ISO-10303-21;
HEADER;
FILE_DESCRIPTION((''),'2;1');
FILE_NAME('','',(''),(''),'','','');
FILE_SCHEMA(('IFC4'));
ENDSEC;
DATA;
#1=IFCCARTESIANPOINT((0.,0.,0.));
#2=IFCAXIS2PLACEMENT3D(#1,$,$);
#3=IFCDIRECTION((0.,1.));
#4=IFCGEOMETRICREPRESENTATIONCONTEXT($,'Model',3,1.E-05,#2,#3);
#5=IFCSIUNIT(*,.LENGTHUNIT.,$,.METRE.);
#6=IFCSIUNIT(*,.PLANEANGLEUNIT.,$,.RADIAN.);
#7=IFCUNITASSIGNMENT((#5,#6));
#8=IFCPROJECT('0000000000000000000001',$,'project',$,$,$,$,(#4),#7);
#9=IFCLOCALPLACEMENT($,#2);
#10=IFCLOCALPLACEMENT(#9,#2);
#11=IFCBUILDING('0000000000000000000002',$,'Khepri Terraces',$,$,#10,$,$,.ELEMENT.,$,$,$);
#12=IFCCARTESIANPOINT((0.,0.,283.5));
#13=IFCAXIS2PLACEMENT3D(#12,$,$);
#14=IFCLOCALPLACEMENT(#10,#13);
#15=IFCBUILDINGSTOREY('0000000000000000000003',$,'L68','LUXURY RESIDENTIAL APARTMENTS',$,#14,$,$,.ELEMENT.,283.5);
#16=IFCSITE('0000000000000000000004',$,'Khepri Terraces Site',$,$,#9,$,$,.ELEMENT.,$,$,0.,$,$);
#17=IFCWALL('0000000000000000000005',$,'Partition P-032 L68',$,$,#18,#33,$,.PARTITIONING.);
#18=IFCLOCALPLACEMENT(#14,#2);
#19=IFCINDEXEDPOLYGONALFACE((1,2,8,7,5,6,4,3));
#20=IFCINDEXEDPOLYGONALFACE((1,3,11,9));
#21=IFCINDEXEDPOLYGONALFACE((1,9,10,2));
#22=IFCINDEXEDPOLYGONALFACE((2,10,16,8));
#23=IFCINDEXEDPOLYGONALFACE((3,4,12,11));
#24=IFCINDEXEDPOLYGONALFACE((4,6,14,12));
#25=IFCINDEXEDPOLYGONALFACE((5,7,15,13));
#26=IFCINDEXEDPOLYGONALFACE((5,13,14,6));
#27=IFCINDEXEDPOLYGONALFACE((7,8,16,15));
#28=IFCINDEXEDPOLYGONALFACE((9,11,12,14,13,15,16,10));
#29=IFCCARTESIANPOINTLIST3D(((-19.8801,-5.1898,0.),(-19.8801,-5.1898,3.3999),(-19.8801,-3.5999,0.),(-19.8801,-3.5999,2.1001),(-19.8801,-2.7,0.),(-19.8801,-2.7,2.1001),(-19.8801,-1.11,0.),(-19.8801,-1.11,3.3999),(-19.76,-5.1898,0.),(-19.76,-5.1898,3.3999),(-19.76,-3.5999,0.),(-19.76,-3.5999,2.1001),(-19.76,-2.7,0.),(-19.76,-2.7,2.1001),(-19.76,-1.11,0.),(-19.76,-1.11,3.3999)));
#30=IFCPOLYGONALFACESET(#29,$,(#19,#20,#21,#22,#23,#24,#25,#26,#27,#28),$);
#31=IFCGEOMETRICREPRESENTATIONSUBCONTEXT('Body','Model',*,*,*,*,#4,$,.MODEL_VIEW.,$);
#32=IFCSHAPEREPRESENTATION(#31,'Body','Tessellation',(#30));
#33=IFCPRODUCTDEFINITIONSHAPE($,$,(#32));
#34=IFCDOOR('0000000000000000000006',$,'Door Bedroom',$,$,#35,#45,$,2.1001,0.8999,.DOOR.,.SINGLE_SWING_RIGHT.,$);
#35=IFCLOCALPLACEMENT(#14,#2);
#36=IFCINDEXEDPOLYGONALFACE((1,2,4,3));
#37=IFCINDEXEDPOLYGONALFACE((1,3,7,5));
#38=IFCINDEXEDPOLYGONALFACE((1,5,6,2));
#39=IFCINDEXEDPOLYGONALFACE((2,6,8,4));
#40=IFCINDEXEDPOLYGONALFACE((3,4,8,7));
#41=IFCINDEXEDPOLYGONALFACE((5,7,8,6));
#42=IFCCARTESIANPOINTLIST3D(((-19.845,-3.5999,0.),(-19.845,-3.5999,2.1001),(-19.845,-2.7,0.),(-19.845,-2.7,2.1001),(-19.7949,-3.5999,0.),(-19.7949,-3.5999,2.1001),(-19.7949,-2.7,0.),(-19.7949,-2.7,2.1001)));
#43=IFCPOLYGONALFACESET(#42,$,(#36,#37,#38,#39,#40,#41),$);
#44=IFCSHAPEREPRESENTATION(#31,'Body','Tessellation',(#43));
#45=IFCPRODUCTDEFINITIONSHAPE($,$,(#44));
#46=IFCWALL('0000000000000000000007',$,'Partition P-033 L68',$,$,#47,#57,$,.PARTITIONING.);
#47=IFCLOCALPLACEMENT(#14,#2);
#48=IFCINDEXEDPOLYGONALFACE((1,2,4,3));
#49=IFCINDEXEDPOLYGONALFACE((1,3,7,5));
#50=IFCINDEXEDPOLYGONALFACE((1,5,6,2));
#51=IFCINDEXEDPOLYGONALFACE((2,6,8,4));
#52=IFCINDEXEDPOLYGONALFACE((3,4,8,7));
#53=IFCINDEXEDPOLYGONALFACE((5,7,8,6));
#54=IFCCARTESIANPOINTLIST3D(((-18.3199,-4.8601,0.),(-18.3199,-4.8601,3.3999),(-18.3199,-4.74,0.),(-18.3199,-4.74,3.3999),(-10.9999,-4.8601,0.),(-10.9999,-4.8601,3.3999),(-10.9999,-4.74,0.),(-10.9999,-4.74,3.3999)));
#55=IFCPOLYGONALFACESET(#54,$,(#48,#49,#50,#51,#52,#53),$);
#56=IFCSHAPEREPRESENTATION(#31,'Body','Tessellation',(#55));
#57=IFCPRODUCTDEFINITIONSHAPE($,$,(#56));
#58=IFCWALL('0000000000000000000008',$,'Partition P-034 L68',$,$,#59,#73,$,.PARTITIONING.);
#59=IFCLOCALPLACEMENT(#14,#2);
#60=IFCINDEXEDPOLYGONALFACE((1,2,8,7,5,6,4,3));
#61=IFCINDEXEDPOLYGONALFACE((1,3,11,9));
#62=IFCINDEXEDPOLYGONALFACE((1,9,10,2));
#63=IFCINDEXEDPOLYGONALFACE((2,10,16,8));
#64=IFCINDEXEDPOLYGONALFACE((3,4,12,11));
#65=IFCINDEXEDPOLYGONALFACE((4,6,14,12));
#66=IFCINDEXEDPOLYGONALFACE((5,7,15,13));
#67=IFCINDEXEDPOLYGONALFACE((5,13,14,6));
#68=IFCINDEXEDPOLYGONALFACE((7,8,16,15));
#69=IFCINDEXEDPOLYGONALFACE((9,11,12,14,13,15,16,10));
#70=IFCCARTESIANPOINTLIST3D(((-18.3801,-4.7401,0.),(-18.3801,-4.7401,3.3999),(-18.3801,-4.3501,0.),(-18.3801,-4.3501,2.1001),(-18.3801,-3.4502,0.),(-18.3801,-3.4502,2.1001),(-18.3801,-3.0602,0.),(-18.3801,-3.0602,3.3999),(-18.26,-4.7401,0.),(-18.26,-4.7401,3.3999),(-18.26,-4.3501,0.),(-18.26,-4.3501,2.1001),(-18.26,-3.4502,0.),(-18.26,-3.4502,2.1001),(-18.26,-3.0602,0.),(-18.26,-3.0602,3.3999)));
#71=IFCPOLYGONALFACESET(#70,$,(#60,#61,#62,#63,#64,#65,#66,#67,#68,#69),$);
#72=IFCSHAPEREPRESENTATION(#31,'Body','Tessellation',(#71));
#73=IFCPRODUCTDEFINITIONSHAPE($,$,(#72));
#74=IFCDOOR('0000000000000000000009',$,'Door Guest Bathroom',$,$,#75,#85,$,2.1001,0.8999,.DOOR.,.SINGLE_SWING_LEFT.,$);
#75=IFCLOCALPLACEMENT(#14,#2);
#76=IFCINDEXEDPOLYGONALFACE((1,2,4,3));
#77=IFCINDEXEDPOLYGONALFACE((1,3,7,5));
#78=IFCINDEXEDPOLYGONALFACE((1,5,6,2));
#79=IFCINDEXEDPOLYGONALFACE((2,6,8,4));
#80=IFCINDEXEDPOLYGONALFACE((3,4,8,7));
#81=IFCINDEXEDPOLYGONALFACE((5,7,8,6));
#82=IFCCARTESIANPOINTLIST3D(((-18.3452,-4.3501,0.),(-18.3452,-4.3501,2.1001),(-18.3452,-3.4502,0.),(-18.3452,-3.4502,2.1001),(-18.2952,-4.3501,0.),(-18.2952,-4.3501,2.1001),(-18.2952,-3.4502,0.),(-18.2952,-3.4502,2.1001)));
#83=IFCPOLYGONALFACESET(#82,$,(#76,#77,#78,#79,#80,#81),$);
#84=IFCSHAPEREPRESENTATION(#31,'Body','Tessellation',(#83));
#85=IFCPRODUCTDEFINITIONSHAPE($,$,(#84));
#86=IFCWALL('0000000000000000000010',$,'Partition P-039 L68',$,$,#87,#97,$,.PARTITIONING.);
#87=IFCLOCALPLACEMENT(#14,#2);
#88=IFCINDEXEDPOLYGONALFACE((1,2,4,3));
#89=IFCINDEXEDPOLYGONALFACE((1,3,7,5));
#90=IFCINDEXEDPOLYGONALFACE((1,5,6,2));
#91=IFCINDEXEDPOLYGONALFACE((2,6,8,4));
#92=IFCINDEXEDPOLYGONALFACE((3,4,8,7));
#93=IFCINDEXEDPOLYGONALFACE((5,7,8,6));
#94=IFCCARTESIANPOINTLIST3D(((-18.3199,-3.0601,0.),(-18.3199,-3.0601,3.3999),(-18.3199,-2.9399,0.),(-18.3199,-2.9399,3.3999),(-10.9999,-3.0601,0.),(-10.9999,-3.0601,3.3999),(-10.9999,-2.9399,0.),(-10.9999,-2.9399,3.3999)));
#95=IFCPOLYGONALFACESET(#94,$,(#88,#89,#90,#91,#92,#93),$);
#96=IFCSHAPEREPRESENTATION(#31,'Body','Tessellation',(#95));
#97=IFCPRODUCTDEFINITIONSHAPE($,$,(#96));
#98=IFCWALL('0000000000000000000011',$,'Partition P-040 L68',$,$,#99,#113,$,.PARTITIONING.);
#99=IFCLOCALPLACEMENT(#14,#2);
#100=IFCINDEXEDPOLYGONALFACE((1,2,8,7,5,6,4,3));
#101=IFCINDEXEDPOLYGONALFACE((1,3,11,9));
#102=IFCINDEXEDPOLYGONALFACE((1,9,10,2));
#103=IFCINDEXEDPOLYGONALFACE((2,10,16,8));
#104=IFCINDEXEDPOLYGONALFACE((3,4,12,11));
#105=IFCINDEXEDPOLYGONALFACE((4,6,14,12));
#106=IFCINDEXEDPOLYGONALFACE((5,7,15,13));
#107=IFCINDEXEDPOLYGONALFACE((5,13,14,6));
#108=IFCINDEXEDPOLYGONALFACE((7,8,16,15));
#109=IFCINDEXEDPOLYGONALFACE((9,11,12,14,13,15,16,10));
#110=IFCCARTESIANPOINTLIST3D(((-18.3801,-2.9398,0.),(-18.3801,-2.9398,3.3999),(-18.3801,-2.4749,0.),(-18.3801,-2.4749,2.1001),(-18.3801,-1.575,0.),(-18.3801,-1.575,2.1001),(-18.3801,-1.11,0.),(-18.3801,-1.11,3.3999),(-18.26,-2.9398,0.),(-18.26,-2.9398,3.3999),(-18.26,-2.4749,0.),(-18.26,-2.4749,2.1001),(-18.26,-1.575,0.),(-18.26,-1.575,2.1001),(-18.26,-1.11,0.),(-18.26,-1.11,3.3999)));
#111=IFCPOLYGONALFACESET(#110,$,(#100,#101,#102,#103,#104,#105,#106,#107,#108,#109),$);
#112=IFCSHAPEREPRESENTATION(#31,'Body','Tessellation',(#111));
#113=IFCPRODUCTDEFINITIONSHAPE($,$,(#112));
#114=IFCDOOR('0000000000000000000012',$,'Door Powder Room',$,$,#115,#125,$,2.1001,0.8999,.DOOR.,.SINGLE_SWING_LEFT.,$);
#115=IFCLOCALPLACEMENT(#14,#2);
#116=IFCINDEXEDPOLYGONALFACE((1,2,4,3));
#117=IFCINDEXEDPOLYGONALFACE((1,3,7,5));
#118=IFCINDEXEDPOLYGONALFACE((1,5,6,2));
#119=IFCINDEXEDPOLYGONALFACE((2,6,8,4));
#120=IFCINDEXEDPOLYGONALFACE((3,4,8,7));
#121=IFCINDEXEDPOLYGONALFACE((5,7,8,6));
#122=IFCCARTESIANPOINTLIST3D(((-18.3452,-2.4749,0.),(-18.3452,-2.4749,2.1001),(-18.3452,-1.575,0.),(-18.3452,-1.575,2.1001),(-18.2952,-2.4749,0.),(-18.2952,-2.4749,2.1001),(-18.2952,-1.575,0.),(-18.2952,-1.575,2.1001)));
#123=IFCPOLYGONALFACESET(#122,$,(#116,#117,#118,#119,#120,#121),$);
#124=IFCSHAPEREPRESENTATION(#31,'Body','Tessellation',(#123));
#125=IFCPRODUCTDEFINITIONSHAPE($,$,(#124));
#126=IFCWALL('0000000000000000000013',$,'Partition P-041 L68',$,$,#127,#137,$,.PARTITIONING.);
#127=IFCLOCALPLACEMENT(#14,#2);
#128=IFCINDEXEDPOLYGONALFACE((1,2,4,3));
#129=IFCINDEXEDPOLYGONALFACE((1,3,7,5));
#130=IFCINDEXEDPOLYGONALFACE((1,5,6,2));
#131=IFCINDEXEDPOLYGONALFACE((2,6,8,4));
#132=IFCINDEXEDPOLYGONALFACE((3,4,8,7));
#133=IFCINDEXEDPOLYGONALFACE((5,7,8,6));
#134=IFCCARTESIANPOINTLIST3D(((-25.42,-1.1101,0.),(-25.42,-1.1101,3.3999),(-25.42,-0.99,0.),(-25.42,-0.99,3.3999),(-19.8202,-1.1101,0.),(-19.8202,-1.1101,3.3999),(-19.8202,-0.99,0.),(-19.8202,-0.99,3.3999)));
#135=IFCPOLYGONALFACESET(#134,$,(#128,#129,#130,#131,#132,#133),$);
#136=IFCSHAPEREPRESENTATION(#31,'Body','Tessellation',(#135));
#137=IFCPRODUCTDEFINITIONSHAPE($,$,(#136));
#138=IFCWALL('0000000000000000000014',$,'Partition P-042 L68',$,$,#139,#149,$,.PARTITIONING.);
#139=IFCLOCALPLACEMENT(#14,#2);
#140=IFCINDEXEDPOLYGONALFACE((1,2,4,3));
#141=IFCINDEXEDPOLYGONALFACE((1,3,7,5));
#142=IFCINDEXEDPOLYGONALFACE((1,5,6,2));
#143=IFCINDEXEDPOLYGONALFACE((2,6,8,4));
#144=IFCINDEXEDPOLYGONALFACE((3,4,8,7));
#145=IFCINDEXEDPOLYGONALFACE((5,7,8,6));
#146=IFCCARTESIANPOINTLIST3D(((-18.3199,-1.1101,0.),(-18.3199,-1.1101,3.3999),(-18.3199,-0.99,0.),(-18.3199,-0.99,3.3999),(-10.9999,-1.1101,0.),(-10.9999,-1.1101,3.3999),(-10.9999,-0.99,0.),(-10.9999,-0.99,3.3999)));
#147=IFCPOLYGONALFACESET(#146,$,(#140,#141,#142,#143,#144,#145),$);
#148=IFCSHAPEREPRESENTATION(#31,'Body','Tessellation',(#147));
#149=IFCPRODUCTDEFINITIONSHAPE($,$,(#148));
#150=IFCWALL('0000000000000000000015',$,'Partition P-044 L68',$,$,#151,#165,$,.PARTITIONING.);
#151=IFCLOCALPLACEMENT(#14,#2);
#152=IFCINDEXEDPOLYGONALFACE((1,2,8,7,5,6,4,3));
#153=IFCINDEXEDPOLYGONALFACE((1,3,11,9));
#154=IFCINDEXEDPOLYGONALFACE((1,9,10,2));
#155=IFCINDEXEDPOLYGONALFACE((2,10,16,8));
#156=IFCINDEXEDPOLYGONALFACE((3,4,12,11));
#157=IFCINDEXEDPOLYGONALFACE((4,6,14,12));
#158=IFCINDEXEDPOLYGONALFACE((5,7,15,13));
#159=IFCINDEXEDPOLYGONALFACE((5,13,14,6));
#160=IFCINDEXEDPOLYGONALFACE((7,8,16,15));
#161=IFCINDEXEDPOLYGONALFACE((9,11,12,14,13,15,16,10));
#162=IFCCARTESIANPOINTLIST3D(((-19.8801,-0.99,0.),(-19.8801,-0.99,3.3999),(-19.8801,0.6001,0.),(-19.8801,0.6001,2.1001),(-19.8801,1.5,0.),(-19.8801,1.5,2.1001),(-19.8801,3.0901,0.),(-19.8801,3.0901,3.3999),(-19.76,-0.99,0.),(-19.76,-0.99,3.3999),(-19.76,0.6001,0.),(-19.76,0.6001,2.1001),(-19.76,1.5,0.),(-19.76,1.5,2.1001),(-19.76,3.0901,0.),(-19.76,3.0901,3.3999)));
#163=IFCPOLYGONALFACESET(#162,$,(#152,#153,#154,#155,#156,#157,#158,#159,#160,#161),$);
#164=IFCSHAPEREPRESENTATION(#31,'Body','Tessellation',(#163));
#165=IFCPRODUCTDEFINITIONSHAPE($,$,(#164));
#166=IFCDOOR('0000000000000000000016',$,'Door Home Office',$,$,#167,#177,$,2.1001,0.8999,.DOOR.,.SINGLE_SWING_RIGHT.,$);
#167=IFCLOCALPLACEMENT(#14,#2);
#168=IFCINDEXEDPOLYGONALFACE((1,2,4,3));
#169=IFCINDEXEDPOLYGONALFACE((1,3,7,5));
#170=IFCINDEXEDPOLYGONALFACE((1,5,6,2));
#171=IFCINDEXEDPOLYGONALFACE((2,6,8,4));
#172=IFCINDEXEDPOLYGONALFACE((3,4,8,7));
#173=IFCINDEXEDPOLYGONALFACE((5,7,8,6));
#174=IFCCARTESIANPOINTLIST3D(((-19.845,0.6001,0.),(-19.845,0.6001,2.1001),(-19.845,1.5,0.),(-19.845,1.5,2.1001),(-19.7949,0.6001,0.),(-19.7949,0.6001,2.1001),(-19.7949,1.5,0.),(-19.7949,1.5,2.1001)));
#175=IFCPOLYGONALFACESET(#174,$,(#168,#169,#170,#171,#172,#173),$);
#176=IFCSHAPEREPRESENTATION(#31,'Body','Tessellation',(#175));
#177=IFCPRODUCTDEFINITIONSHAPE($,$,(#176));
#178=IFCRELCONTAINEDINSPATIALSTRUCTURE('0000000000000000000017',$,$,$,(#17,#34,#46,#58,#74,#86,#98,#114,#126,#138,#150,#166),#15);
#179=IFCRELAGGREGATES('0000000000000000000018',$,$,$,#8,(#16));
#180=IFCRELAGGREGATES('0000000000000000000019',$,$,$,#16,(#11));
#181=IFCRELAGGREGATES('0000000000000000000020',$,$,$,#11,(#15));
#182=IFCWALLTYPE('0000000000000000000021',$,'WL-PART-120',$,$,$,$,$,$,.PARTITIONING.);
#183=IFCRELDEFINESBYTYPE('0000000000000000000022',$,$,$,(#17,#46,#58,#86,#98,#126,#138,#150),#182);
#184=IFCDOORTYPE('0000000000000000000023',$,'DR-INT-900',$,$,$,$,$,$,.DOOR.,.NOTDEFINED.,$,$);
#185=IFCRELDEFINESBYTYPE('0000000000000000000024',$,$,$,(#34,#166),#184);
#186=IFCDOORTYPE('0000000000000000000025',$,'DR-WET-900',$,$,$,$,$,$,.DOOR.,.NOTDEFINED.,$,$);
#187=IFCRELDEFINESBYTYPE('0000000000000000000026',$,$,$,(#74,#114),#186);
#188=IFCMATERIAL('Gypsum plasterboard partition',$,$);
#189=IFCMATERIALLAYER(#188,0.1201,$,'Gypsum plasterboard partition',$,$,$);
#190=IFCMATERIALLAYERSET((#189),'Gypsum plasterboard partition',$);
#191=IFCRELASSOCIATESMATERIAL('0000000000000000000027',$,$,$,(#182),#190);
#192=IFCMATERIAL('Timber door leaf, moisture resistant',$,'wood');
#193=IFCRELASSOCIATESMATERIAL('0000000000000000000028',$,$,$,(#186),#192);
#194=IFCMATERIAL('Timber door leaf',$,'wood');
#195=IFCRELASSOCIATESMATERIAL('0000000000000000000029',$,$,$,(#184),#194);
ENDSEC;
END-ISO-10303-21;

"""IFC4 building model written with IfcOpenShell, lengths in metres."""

from ifc_helpers import new_model, si_unit, direction, frame, frame_2d, origin, place, context, subcontext, project, spatial, rectangle, extrude, material, layer, layer_set, type_object, element, fill, save


model = new_model("IFC4")

# Units and contexts
model_context = context("Model", 3, precision=1e-05, world=origin(), true_north=direction((0.0, 1.0)))
body_context = subcontext(model_context, "Body", "Model", "MODEL_VIEW")
ifc_project = project(units=[si_unit("LENGTHUNIT", "METRE"), si_unit("PLANEANGLEUNIT", "RADIAN")], contexts=[model_context])

# Site, building, storey
site_placement = place(None, origin())
site = spatial("IfcSite", under=ifc_project, at=site_placement, Name="Khepri Terraces Site", CompositionType="ELEMENT", RefElevation=0.0)
building_placement = place(site_placement, origin())
building = spatial("IfcBuilding", under=site, at=building_placement, Name="Khepri Terraces", CompositionType="ELEMENT")
storey_placement = place(building_placement, frame((0.0, 0.0, 283.5)))
storey = spatial("IfcBuildingStorey", under=building, at=storey_placement, Name="L68", Description="LUXURY RESIDENTIAL APARTMENTS", CompositionType="ELEMENT", Elevation=283.5)

# Shared definitions
ifc_material_1 = material(Name="Gypsum plasterboard partition")
ifc_layer_1 = layer(ifc_material_1, 0.1201, Name="Gypsum plasterboard partition")
ifc_layer_set_1 = layer_set([ifc_layer_1], Name="Gypsum plasterboard partition")
wall_type_1 = type_object("IfcWallType", Name="WL-PART-120", PredefinedType="PARTITIONING", material=ifc_layer_set_1)

# Wall, opening, door
ifc_material_2 = material(Name="Timber door leaf, moisture resistant", Category="wood")
door_type_1 = type_object("IfcDoorType", Name="DR-WET-900", OperationType="NOTDEFINED", PredefinedType="DOOR", material=ifc_material_2)
wall_1_placement = place(storey_placement, frame((-19.8201, -5.1899, 0.0), z_axis=(0.0, 0.0, 1.0), x_axis=(0.0, 1.0, 0.0)))
wall_1 = element("IfcWall", 1, at=wall_1_placement, inside=storey, type_object=wall_type_1, Name="Partition P-032 L68", PredefinedType="PARTITIONING", context=body_context, shape_type="SweptSolid", body=[
    extrude(rectangle(XDim=4.0798, YDim=0.1201, at=frame_2d((2.04, 0.0))), origin(), (0.0, 0.0, 1.0), 3.3999),
])
opening_1_placement = place(wall_1_placement, frame((1.5901, 0.0, 0.0)))
opening_1 = element("IfcOpeningElement", 2, at=opening_1_placement, cuts=wall_1, PredefinedType="OPENING", context=body_context, shape_type="SweptSolid", body=[
    extrude(rectangle(XDim=0.8999, YDim=2.1001, at=frame_2d((0.45, 1.05))), frame((0.0, 0.0701, 0.0), z_axis=(0.0, -1.0, 0.0), x_axis=(1.0, 0.0, 0.0)), (0.0, 0.0, 1.0), 0.1401),
])
ifc_material_3 = material(Name="Timber door leaf", Category="wood")
door_type_2 = type_object("IfcDoorType", Name="DR-INT-900", OperationType="NOTDEFINED", PredefinedType="DOOR", material=ifc_material_3)
door_1_placement = place(opening_1_placement, origin())
door_1 = element("IfcDoor", 3, at=door_1_placement, inside=storey, type_object=door_type_2, Name="Door Bedroom", OperationType="SINGLE_SWING_RIGHT", OverallHeight=2.1001, OverallWidth=0.8999, PredefinedType="DOOR", context=body_context, shape_type="SweptSolid", body=[
    extrude(rectangle(XDim=0.8999, YDim=2.1001, at=frame_2d((0.45, 1.05))), frame((0.0, 0.0249, 0.0), z_axis=(0.0, -1.0, 0.0), x_axis=(1.0, 0.0, 0.0)), (0.0, 0.0, 1.0), 0.05),
])
fill(opening_1, door_1)

# Wall
wall_2_placement = place(storey_placement, frame((-18.3201, -4.8, 0.0), z_axis=(0.0, 0.0, 1.0), x_axis=(1.0, 0.0, 0.0)))
element("IfcWall", 4, at=wall_2_placement, inside=storey, type_object=wall_type_1, Name="Partition P-033 L68", PredefinedType="PARTITIONING", context=body_context, shape_type="SweptSolid", body=[
    extrude(rectangle(XDim=7.3201, YDim=0.1201, at=frame_2d((3.6602, 0.0))), origin(), (0.0, 0.0, 1.0), 3.3999),
])

# Wall, opening, door
wall_3_placement = place(storey_placement, frame((-18.3201, -4.74, 0.0), z_axis=(0.0, 0.0, 1.0), x_axis=(0.0, 1.0, 0.0)))
wall_3 = element("IfcWall", 5, at=wall_3_placement, inside=storey, type_object=wall_type_1, Name="Partition P-034 L68", PredefinedType="PARTITIONING", context=body_context, shape_type="SweptSolid", body=[
    extrude(rectangle(XDim=1.6799, YDim=0.1201, at=frame_2d((0.8398, 0.0))), origin(), (0.0, 0.0, 1.0), 3.3999),
])
opening_2_placement = place(wall_3_placement, frame((0.3899, 0.0, 0.0)))
opening_2 = element("IfcOpeningElement", 6, at=opening_2_placement, cuts=wall_3, PredefinedType="OPENING", context=body_context, shape_type="SweptSolid", body=[
    extrude(rectangle(XDim=0.8999, YDim=2.1001, at=frame_2d((0.45, 1.05))), frame((0.0, 0.0701, 0.0), z_axis=(0.0, -1.0, 0.0), x_axis=(1.0, 0.0, 0.0)), (0.0, 0.0, 1.0), 0.1401),
])
door_2_placement = place(opening_2_placement, frame((0.8999, 0.0, 0.0), z_axis=(0.0, 0.0, 1.0), x_axis=(-1.0, 0.0, 0.0)))
door_2 = element("IfcDoor", 7, at=door_2_placement, inside=storey, type_object=door_type_1, Name="Door Guest Bathroom", OperationType="SINGLE_SWING_LEFT", OverallHeight=2.1001, OverallWidth=0.8999, PredefinedType="DOOR", context=body_context, shape_type="SweptSolid", body=[
    extrude(rectangle(XDim=0.8999, YDim=2.1001, at=frame_2d((0.45, 1.05))), frame((0.0, 0.0249, 0.0), z_axis=(0.0, -1.0, 0.0), x_axis=(1.0, 0.0, 0.0)), (0.0, 0.0, 1.0), 0.05),
])
fill(opening_2, door_2)

# Wall
wall_4_placement = place(storey_placement, frame((-18.3201, -3.0, 0.0), z_axis=(0.0, 0.0, 1.0), x_axis=(1.0, 0.0, 0.0)))
element("IfcWall", 8, at=wall_4_placement, inside=storey, type_object=wall_type_1, Name="Partition P-039 L68", PredefinedType="PARTITIONING", context=body_context, shape_type="SweptSolid", body=[
    extrude(rectangle(XDim=7.3201, YDim=0.1201, at=frame_2d((3.6602, 0.0))), origin(), (0.0, 0.0, 1.0), 3.3999),
])

# Wall, opening, door
wall_5_placement = place(storey_placement, frame((-18.3201, -2.9399, 0.0), z_axis=(0.0, 0.0, 1.0), x_axis=(0.0, 1.0, 0.0)))
wall_5 = element("IfcWall", 9, at=wall_5_placement, inside=storey, type_object=wall_type_1, Name="Partition P-040 L68", PredefinedType="PARTITIONING", context=body_context, shape_type="SweptSolid", body=[
    extrude(rectangle(XDim=1.8298, YDim=0.1201, at=frame_2d((0.915, 0.0))), origin(), (0.0, 0.0, 1.0), 3.3999),
])
opening_3_placement = place(wall_5_placement, frame((0.4651, 0.0, 0.0)))
opening_3 = element("IfcOpeningElement", 10, at=opening_3_placement, cuts=wall_5, PredefinedType="OPENING", context=body_context, shape_type="SweptSolid", body=[
    extrude(rectangle(XDim=0.8999, YDim=2.1001, at=frame_2d((0.45, 1.05))), frame((0.0, 0.0701, 0.0), z_axis=(0.0, -1.0, 0.0), x_axis=(1.0, 0.0, 0.0)), (0.0, 0.0, 1.0), 0.1401),
])
door_3_placement = place(opening_3_placement, frame((0.8999, 0.0, 0.0), z_axis=(0.0, 0.0, 1.0), x_axis=(-1.0, 0.0, 0.0)))
door_3 = element("IfcDoor", 11, at=door_3_placement, inside=storey, type_object=door_type_1, Name="Door Powder Room", OperationType="SINGLE_SWING_LEFT", OverallHeight=2.1001, OverallWidth=0.8999, PredefinedType="DOOR", context=body_context, shape_type="SweptSolid", body=[
    extrude(rectangle(XDim=0.8999, YDim=2.1001, at=frame_2d((0.45, 1.05))), frame((0.0, 0.0249, 0.0), z_axis=(0.0, -1.0, 0.0), x_axis=(1.0, 0.0, 0.0)), (0.0, 0.0, 1.0), 0.05),
])
fill(opening_3, door_3)

# Walls
wall_6_placement = place(storey_placement, frame((-25.4199, -1.05, 0.0), z_axis=(0.0, 0.0, 1.0), x_axis=(1.0, 0.0, 0.0)))
element("IfcWall", 12, at=wall_6_placement, inside=storey, type_object=wall_type_1, Name="Partition P-041 L68", PredefinedType="PARTITIONING", context=body_context, shape_type="SweptSolid", body=[
    extrude(rectangle(XDim=5.5999, YDim=0.1201, at=frame_2d((2.7998, 0.0))), origin(), (0.0, 0.0, 1.0), 3.3999),
])
wall_7_placement = place(storey_placement, frame((-18.3201, -1.05, 0.0), z_axis=(0.0, 0.0, 1.0), x_axis=(1.0, 0.0, 0.0)))
element("IfcWall", 13, at=wall_7_placement, inside=storey, type_object=wall_type_1, Name="Partition P-042 L68", PredefinedType="PARTITIONING", context=body_context, shape_type="SweptSolid", body=[
    extrude(rectangle(XDim=7.3201, YDim=0.1201, at=frame_2d((3.6602, 0.0))), origin(), (0.0, 0.0, 1.0), 3.3999),
])

# Wall, opening, door
wall_8_placement = place(storey_placement, frame((-19.8201, -0.99, 0.0), z_axis=(0.0, 0.0, 1.0), x_axis=(0.0, 1.0, 0.0)))
wall_8 = element("IfcWall", 14, at=wall_8_placement, inside=storey, type_object=wall_type_1, Name="Partition P-044 L68", PredefinedType="PARTITIONING", context=body_context, shape_type="SweptSolid", body=[
    extrude(rectangle(XDim=4.0801, YDim=0.1201, at=frame_2d((2.04, 0.0))), origin(), (0.0, 0.0, 1.0), 3.3999),
])
opening_4_placement = place(wall_8_placement, frame((1.5901, 0.0, 0.0)))
opening_4 = element("IfcOpeningElement", 15, at=opening_4_placement, cuts=wall_8, PredefinedType="OPENING", context=body_context, shape_type="SweptSolid", body=[
    extrude(rectangle(XDim=0.8999, YDim=2.1001, at=frame_2d((0.45, 1.05))), frame((0.0, 0.0701, 0.0), z_axis=(0.0, -1.0, 0.0), x_axis=(1.0, 0.0, 0.0)), (0.0, 0.0, 1.0), 0.1401),
])
door_4_placement = place(opening_4_placement, origin())
door_4 = element("IfcDoor", 16, at=door_4_placement, inside=storey, type_object=door_type_2, Name="Door Home Office", OperationType="SINGLE_SWING_RIGHT", OverallHeight=2.1001, OverallWidth=0.8999, PredefinedType="DOOR", context=body_context, shape_type="SweptSolid", body=[
    extrude(rectangle(XDim=0.8999, YDim=2.1001, at=frame_2d((0.45, 1.05))), frame((0.0, 0.0249, 0.0), z_axis=(0.0, -1.0, 0.0), x_axis=(1.0, 0.0, 0.0)), (0.0, 0.0, 1.0), 0.05),
])
fill(opening_4, door_4)

save(model, "model.ifc")
